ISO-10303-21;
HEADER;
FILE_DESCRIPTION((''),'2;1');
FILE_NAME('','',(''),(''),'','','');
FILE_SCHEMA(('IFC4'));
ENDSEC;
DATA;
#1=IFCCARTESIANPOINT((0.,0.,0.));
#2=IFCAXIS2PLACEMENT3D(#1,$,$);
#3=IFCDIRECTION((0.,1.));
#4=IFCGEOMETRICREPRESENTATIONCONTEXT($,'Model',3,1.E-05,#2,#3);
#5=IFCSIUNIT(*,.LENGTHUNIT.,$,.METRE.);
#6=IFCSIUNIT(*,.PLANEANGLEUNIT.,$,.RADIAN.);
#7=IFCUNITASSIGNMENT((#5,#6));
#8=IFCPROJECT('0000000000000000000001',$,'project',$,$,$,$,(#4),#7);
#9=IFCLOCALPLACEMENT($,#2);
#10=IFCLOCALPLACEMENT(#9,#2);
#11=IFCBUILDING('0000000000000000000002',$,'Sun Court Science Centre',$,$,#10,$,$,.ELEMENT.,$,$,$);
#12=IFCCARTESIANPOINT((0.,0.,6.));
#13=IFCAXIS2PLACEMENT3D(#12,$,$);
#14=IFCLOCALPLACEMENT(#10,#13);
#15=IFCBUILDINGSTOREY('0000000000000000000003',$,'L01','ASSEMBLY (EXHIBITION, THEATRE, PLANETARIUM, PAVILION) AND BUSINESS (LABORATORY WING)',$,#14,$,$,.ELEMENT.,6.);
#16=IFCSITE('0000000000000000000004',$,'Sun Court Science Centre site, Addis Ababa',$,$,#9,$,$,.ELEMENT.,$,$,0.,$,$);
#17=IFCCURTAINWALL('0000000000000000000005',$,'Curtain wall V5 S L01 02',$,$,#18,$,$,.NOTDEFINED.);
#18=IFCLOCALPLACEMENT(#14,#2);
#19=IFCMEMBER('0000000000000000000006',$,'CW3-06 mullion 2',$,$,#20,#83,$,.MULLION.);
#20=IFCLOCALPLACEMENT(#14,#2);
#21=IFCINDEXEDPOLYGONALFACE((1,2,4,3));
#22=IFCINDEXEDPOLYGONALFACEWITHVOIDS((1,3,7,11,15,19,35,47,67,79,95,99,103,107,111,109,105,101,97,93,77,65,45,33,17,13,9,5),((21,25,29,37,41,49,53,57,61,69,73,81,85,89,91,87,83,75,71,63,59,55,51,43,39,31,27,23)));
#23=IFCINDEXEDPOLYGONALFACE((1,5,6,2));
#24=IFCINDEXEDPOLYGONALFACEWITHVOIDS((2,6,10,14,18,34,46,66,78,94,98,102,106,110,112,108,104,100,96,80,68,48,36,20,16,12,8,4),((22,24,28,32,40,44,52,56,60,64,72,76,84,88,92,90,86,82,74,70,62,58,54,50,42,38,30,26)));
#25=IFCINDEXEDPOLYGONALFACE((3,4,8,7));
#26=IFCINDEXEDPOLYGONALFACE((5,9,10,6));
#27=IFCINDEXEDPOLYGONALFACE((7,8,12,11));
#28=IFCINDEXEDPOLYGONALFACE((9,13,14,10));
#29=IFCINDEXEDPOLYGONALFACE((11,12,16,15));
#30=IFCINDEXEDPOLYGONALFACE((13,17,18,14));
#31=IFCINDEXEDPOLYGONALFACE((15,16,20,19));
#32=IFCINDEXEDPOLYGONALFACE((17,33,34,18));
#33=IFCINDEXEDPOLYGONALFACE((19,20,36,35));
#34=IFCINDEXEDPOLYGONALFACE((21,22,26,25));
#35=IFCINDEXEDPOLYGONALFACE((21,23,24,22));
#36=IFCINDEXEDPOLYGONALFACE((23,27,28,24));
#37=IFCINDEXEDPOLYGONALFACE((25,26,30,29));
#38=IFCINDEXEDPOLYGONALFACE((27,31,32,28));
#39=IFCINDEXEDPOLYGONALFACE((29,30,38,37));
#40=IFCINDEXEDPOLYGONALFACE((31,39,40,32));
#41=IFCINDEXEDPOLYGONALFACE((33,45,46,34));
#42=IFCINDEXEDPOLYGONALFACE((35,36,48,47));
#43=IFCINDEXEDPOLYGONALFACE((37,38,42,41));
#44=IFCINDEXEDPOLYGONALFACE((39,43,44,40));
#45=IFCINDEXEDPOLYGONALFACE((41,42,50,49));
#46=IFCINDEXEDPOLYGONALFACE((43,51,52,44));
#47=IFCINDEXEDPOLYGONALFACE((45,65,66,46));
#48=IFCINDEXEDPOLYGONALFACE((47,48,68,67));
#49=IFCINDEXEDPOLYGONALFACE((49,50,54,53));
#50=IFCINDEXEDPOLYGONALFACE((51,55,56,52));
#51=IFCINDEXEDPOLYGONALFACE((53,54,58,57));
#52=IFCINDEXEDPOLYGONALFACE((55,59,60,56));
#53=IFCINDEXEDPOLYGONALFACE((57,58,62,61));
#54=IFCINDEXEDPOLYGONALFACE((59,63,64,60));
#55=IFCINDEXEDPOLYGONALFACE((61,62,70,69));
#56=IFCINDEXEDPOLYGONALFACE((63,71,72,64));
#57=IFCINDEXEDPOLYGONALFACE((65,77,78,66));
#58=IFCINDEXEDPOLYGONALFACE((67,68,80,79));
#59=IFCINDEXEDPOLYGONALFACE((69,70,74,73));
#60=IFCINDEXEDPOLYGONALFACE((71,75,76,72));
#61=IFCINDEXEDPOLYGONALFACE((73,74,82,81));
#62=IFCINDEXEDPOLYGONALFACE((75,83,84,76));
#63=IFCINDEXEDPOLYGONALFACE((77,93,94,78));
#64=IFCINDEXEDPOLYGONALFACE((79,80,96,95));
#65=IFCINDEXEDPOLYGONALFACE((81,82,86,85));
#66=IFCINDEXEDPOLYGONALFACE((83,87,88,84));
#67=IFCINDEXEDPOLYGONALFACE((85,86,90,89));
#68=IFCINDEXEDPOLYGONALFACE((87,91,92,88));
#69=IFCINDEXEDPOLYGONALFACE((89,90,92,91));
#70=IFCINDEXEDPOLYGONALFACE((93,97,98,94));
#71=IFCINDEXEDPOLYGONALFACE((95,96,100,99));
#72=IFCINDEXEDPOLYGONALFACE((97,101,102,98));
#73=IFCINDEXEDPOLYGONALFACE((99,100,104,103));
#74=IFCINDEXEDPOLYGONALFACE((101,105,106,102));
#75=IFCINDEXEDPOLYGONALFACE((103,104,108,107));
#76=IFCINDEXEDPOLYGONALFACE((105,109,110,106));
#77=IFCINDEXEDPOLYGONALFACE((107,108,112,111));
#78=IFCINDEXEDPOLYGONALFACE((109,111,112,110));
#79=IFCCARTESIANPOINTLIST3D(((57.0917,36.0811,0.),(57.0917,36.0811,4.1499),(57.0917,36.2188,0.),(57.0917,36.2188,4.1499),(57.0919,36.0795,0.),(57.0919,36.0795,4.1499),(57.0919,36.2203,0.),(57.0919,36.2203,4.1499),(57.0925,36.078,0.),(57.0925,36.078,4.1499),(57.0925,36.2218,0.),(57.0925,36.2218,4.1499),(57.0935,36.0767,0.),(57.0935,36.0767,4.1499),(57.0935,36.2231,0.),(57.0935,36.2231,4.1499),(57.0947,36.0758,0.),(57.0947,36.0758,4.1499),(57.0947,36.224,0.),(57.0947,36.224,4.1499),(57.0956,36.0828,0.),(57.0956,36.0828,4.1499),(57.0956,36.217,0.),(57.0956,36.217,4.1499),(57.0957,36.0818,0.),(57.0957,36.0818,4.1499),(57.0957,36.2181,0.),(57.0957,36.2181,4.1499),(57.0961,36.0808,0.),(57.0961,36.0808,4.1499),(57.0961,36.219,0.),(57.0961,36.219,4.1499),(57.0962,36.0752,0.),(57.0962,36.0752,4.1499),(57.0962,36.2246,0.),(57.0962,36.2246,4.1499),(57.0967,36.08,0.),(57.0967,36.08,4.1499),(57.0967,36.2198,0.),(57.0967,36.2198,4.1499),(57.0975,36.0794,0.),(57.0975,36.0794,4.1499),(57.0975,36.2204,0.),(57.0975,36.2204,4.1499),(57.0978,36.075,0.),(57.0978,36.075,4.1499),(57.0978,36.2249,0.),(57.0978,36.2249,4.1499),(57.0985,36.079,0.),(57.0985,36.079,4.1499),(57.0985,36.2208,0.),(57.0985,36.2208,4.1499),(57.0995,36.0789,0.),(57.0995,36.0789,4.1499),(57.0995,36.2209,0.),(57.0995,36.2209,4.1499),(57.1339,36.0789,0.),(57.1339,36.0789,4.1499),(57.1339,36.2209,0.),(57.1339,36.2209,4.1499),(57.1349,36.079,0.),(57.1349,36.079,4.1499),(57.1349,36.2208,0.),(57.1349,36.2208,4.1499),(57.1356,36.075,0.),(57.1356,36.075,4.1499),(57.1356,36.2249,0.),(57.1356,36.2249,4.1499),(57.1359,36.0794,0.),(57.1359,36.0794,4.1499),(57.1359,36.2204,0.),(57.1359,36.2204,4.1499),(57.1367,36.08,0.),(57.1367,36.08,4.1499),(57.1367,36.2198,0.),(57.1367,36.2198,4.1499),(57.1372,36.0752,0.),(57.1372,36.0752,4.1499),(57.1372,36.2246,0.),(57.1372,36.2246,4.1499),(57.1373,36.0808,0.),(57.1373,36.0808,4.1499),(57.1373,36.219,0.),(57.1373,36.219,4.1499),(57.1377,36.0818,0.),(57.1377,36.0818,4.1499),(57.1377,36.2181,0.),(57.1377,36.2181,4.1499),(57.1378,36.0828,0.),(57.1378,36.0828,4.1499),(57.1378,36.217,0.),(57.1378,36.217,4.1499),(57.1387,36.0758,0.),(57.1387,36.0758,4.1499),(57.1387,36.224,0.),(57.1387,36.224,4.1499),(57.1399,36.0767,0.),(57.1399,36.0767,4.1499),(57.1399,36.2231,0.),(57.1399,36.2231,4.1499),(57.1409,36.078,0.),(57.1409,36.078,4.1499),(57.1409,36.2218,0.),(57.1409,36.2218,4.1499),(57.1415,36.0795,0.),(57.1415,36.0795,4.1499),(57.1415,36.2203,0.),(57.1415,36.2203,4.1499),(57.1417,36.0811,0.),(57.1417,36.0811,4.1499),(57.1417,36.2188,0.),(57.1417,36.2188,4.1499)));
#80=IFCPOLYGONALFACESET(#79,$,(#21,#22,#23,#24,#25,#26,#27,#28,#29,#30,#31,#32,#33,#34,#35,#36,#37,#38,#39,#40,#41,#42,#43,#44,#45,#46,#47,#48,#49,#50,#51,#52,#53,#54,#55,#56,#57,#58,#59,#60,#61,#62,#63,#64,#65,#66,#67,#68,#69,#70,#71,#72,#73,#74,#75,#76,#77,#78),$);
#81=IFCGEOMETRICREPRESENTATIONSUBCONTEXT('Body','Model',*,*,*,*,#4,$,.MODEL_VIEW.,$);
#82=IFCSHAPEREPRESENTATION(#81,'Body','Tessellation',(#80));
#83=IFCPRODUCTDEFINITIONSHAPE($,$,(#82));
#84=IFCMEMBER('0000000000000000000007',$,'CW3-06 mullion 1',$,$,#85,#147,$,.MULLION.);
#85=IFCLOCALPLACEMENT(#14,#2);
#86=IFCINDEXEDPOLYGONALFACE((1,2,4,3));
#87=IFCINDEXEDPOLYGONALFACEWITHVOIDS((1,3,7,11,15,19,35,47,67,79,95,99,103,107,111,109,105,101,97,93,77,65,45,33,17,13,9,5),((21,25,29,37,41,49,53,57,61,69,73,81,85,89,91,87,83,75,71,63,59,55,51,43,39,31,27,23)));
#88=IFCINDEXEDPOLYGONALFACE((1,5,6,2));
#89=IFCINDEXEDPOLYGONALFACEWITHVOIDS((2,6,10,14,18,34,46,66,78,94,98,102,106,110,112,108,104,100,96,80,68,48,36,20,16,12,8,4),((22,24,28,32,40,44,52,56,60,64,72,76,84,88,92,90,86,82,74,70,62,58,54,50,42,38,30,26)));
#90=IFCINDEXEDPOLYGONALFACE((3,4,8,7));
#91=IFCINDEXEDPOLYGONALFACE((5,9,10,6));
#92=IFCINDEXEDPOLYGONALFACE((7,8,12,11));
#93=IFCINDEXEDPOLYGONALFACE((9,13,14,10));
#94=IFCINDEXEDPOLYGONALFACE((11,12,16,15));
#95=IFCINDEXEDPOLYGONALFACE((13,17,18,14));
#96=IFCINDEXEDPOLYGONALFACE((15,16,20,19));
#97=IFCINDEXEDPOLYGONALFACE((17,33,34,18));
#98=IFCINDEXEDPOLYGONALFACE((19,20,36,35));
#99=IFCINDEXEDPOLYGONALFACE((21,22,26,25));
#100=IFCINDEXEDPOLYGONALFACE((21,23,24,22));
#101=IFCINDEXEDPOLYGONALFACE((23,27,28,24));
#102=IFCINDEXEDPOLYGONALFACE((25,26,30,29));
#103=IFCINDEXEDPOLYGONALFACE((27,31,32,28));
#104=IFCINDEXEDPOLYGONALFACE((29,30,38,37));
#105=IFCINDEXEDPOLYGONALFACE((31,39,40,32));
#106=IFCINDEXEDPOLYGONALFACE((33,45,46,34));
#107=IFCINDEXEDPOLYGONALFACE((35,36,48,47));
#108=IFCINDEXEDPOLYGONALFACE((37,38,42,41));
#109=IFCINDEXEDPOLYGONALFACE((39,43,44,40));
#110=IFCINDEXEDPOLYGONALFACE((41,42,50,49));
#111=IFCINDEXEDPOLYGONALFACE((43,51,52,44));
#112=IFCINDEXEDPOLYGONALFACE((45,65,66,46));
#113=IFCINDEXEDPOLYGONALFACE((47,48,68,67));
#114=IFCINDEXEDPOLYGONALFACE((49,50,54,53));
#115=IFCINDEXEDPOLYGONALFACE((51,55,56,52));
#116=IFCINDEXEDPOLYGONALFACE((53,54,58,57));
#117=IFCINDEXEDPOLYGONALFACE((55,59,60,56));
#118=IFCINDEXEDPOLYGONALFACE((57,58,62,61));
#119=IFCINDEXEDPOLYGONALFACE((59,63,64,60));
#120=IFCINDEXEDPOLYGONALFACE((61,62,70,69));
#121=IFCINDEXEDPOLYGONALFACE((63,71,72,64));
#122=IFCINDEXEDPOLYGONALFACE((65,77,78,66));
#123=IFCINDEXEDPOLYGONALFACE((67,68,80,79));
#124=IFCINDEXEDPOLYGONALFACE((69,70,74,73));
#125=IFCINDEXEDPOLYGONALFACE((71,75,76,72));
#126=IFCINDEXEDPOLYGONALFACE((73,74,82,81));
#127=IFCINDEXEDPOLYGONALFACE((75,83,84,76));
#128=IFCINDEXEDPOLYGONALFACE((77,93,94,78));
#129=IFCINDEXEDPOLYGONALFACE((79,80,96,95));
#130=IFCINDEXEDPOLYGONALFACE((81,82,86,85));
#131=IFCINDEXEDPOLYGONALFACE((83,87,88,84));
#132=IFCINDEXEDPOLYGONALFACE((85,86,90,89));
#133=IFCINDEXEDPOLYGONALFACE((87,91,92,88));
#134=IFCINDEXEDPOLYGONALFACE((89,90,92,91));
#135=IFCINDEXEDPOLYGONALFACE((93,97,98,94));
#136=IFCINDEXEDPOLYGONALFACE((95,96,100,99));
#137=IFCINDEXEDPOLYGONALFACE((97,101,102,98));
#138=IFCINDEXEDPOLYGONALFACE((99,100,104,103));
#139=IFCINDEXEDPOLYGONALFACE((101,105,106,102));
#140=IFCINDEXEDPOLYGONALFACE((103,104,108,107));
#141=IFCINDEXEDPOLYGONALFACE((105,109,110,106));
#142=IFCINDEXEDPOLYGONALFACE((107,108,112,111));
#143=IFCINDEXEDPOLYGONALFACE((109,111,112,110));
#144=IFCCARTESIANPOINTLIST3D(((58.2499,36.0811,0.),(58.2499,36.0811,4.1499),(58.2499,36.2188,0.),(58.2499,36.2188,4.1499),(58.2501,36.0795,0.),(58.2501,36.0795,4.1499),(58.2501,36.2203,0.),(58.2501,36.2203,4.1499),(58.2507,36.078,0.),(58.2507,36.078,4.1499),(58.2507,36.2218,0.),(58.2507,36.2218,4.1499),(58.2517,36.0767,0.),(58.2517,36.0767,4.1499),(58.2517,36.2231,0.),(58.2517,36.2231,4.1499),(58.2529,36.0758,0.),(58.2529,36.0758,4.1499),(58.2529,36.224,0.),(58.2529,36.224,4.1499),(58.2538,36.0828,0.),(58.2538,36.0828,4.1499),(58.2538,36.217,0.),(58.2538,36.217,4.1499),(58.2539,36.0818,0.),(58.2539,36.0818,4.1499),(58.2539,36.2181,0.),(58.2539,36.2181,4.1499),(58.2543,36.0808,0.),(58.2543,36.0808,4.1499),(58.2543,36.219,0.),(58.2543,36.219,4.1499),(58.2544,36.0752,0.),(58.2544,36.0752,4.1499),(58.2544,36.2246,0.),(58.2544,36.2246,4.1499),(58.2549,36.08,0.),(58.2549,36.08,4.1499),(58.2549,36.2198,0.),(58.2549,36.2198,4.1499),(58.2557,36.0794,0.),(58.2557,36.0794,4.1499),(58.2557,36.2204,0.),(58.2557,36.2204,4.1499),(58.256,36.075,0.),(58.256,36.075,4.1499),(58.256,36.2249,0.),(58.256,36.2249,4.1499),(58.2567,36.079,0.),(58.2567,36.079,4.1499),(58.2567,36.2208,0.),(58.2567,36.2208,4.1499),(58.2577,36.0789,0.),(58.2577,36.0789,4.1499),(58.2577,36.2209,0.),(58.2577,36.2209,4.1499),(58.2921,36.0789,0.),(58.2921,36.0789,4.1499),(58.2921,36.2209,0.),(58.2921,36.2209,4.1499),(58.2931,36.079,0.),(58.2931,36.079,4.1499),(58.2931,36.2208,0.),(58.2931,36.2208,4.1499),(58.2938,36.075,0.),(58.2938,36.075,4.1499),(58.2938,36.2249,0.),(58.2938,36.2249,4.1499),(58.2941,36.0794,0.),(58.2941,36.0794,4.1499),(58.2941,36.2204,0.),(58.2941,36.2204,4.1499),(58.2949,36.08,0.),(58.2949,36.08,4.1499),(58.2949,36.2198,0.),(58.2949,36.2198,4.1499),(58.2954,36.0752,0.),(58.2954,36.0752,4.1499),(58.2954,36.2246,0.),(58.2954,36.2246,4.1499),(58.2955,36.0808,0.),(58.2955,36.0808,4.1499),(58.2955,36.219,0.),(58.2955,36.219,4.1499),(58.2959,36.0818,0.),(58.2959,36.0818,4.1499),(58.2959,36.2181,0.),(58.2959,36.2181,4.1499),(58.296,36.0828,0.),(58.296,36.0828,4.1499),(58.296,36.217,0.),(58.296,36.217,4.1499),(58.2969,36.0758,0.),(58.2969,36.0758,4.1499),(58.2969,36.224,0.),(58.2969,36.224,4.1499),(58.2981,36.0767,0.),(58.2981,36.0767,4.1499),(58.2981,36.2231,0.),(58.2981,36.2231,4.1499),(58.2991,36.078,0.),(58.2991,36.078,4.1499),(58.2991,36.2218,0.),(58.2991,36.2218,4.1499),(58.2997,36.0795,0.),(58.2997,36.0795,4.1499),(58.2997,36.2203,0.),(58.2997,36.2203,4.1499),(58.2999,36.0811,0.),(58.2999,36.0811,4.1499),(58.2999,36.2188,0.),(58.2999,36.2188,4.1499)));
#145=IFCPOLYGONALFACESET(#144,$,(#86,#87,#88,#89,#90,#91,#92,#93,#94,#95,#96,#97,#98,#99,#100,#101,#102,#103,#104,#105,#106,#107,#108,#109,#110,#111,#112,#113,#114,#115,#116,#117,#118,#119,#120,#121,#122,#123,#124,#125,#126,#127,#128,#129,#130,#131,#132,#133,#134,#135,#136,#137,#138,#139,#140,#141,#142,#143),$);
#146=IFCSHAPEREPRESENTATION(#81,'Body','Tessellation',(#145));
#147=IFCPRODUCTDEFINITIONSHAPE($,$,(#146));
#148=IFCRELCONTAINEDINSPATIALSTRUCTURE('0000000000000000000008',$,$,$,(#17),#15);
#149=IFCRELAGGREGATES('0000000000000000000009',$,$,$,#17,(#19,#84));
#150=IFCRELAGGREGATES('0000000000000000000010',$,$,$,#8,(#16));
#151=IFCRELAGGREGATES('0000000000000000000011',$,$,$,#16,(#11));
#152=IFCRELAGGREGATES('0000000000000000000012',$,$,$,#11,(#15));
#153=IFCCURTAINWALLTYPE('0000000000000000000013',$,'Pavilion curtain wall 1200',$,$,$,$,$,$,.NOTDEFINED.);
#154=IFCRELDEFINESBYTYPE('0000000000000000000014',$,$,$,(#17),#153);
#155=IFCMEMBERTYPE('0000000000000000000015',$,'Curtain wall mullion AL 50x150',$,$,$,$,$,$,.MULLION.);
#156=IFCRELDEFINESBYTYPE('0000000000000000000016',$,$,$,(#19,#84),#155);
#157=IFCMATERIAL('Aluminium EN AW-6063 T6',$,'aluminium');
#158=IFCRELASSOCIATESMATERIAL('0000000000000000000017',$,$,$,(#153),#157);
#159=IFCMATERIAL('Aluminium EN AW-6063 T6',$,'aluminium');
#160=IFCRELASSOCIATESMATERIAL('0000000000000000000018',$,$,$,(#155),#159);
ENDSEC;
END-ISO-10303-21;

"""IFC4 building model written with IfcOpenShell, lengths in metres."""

from ifc_helpers import new_model, si_unit, direction, frame, origin, origin_2d, place, context, subcontext, project, spatial, hollow_rectangle, extrude, material, material_profile, profile_set, type_object, element, aggregate, save


model = new_model("IFC4")

# Units and contexts
model_context = context("Model", 3, precision=1e-05, world=origin(), true_north=direction((0.0, 1.0)))
body_context = subcontext(model_context, "Body", "Model", "MODEL_VIEW")
ifc_project = project(units=[si_unit("LENGTHUNIT", "METRE"), si_unit("PLANEANGLEUNIT", "RADIAN")], contexts=[model_context])

# Site, building, storey
site_placement = place(None, origin())
site = spatial("IfcSite", under=ifc_project, at=site_placement, Name="Sun Court Science Centre site, Addis Ababa", CompositionType="ELEMENT", RefElevation=0.0)
building_placement = place(site_placement, origin())
building = spatial("IfcBuilding", under=site, at=building_placement, Name="Sun Court Science Centre", CompositionType="ELEMENT")
storey_placement = place(building_placement, frame((0.0, 0.0, 6.0)))
storey = spatial("IfcBuildingStorey", under=building, at=storey_placement, Name="L01", Description="ASSEMBLY (EXHIBITION, THEATRE, PLANETARIUM, PAVILION) AND BUSINESS (LABORATORY WING)", CompositionType="ELEMENT", Elevation=6.0)

# Curtain wall, members
ifc_material_1 = material(Name="Aluminium EN AW-6063 T6", Category="aluminium")
curtain_wall_type = type_object("IfcCurtainWallType", Name="Pavilion curtain wall 1200", PredefinedType="NOTDEFINED", material=ifc_material_1)
ifc_material_2 = material(Name="Aluminium EN AW-6063 T6", Category="aluminium")
ifc_material_profile_1 = material_profile(ifc_material_2, hollow_rectangle(XDim=0.05, YDim=0.1499, WallThickness=0.0039, InnerFilletRadius=0.0039, OuterFilletRadius=0.0061, at=origin_2d()), Name="AL 50x150x4")
ifc_profile_set_1 = profile_set([ifc_material_profile_1], Name="Aluminium EN AW-6063 T6")
member_type_1 = type_object("IfcMemberType", Name="Curtain wall mullion AL 50x150", PredefinedType="MULLION", material=ifc_profile_set_1)
curtain_wall_1_placement = place(storey_placement, origin())
curtain_wall_1 = element("IfcCurtainWall", 1, at=curtain_wall_1_placement, inside=storey, type_object=curtain_wall_type, Name="Curtain wall V5 S L01 02", PredefinedType="NOTDEFINED")
member_1_placement = place(storey_placement, frame((57.1167, 36.1499, 0.0), z_axis=(0.0, 0.0, 1.0), x_axis=(-1.0, 0.0, 0.0)))
member_1 = element("IfcMember", 2, at=member_1_placement, type_object=member_type_1, Name="CW3-06 mullion 2", PredefinedType="MULLION", context=body_context, shape_type="SweptSolid", body=[
    extrude(hollow_rectangle(XDim=0.05, YDim=0.1499, WallThickness=0.0039, InnerFilletRadius=0.0039, OuterFilletRadius=0.0061, at=origin_2d()), origin(), (0.0, 0.0, 1.0), 4.1499),
])
member_2_placement = place(storey_placement, frame((58.2749, 36.1499, 0.0), z_axis=(0.0, 0.0, 1.0), x_axis=(-1.0, 0.0, 0.0)))
member_2 = element("IfcMember", 3, at=member_2_placement, type_object=member_type_1, Name="CW3-06 mullion 1", PredefinedType="MULLION", context=body_context, shape_type="SweptSolid", body=[
    extrude(hollow_rectangle(XDim=0.05, YDim=0.1499, WallThickness=0.0039, InnerFilletRadius=0.0039, OuterFilletRadius=0.0061, at=origin_2d()), origin(), (0.0, 0.0, 1.0), 4.1499),
])

aggregate(curtain_wall_1, [member_1, member_2])

save(model, "model.ifc")
